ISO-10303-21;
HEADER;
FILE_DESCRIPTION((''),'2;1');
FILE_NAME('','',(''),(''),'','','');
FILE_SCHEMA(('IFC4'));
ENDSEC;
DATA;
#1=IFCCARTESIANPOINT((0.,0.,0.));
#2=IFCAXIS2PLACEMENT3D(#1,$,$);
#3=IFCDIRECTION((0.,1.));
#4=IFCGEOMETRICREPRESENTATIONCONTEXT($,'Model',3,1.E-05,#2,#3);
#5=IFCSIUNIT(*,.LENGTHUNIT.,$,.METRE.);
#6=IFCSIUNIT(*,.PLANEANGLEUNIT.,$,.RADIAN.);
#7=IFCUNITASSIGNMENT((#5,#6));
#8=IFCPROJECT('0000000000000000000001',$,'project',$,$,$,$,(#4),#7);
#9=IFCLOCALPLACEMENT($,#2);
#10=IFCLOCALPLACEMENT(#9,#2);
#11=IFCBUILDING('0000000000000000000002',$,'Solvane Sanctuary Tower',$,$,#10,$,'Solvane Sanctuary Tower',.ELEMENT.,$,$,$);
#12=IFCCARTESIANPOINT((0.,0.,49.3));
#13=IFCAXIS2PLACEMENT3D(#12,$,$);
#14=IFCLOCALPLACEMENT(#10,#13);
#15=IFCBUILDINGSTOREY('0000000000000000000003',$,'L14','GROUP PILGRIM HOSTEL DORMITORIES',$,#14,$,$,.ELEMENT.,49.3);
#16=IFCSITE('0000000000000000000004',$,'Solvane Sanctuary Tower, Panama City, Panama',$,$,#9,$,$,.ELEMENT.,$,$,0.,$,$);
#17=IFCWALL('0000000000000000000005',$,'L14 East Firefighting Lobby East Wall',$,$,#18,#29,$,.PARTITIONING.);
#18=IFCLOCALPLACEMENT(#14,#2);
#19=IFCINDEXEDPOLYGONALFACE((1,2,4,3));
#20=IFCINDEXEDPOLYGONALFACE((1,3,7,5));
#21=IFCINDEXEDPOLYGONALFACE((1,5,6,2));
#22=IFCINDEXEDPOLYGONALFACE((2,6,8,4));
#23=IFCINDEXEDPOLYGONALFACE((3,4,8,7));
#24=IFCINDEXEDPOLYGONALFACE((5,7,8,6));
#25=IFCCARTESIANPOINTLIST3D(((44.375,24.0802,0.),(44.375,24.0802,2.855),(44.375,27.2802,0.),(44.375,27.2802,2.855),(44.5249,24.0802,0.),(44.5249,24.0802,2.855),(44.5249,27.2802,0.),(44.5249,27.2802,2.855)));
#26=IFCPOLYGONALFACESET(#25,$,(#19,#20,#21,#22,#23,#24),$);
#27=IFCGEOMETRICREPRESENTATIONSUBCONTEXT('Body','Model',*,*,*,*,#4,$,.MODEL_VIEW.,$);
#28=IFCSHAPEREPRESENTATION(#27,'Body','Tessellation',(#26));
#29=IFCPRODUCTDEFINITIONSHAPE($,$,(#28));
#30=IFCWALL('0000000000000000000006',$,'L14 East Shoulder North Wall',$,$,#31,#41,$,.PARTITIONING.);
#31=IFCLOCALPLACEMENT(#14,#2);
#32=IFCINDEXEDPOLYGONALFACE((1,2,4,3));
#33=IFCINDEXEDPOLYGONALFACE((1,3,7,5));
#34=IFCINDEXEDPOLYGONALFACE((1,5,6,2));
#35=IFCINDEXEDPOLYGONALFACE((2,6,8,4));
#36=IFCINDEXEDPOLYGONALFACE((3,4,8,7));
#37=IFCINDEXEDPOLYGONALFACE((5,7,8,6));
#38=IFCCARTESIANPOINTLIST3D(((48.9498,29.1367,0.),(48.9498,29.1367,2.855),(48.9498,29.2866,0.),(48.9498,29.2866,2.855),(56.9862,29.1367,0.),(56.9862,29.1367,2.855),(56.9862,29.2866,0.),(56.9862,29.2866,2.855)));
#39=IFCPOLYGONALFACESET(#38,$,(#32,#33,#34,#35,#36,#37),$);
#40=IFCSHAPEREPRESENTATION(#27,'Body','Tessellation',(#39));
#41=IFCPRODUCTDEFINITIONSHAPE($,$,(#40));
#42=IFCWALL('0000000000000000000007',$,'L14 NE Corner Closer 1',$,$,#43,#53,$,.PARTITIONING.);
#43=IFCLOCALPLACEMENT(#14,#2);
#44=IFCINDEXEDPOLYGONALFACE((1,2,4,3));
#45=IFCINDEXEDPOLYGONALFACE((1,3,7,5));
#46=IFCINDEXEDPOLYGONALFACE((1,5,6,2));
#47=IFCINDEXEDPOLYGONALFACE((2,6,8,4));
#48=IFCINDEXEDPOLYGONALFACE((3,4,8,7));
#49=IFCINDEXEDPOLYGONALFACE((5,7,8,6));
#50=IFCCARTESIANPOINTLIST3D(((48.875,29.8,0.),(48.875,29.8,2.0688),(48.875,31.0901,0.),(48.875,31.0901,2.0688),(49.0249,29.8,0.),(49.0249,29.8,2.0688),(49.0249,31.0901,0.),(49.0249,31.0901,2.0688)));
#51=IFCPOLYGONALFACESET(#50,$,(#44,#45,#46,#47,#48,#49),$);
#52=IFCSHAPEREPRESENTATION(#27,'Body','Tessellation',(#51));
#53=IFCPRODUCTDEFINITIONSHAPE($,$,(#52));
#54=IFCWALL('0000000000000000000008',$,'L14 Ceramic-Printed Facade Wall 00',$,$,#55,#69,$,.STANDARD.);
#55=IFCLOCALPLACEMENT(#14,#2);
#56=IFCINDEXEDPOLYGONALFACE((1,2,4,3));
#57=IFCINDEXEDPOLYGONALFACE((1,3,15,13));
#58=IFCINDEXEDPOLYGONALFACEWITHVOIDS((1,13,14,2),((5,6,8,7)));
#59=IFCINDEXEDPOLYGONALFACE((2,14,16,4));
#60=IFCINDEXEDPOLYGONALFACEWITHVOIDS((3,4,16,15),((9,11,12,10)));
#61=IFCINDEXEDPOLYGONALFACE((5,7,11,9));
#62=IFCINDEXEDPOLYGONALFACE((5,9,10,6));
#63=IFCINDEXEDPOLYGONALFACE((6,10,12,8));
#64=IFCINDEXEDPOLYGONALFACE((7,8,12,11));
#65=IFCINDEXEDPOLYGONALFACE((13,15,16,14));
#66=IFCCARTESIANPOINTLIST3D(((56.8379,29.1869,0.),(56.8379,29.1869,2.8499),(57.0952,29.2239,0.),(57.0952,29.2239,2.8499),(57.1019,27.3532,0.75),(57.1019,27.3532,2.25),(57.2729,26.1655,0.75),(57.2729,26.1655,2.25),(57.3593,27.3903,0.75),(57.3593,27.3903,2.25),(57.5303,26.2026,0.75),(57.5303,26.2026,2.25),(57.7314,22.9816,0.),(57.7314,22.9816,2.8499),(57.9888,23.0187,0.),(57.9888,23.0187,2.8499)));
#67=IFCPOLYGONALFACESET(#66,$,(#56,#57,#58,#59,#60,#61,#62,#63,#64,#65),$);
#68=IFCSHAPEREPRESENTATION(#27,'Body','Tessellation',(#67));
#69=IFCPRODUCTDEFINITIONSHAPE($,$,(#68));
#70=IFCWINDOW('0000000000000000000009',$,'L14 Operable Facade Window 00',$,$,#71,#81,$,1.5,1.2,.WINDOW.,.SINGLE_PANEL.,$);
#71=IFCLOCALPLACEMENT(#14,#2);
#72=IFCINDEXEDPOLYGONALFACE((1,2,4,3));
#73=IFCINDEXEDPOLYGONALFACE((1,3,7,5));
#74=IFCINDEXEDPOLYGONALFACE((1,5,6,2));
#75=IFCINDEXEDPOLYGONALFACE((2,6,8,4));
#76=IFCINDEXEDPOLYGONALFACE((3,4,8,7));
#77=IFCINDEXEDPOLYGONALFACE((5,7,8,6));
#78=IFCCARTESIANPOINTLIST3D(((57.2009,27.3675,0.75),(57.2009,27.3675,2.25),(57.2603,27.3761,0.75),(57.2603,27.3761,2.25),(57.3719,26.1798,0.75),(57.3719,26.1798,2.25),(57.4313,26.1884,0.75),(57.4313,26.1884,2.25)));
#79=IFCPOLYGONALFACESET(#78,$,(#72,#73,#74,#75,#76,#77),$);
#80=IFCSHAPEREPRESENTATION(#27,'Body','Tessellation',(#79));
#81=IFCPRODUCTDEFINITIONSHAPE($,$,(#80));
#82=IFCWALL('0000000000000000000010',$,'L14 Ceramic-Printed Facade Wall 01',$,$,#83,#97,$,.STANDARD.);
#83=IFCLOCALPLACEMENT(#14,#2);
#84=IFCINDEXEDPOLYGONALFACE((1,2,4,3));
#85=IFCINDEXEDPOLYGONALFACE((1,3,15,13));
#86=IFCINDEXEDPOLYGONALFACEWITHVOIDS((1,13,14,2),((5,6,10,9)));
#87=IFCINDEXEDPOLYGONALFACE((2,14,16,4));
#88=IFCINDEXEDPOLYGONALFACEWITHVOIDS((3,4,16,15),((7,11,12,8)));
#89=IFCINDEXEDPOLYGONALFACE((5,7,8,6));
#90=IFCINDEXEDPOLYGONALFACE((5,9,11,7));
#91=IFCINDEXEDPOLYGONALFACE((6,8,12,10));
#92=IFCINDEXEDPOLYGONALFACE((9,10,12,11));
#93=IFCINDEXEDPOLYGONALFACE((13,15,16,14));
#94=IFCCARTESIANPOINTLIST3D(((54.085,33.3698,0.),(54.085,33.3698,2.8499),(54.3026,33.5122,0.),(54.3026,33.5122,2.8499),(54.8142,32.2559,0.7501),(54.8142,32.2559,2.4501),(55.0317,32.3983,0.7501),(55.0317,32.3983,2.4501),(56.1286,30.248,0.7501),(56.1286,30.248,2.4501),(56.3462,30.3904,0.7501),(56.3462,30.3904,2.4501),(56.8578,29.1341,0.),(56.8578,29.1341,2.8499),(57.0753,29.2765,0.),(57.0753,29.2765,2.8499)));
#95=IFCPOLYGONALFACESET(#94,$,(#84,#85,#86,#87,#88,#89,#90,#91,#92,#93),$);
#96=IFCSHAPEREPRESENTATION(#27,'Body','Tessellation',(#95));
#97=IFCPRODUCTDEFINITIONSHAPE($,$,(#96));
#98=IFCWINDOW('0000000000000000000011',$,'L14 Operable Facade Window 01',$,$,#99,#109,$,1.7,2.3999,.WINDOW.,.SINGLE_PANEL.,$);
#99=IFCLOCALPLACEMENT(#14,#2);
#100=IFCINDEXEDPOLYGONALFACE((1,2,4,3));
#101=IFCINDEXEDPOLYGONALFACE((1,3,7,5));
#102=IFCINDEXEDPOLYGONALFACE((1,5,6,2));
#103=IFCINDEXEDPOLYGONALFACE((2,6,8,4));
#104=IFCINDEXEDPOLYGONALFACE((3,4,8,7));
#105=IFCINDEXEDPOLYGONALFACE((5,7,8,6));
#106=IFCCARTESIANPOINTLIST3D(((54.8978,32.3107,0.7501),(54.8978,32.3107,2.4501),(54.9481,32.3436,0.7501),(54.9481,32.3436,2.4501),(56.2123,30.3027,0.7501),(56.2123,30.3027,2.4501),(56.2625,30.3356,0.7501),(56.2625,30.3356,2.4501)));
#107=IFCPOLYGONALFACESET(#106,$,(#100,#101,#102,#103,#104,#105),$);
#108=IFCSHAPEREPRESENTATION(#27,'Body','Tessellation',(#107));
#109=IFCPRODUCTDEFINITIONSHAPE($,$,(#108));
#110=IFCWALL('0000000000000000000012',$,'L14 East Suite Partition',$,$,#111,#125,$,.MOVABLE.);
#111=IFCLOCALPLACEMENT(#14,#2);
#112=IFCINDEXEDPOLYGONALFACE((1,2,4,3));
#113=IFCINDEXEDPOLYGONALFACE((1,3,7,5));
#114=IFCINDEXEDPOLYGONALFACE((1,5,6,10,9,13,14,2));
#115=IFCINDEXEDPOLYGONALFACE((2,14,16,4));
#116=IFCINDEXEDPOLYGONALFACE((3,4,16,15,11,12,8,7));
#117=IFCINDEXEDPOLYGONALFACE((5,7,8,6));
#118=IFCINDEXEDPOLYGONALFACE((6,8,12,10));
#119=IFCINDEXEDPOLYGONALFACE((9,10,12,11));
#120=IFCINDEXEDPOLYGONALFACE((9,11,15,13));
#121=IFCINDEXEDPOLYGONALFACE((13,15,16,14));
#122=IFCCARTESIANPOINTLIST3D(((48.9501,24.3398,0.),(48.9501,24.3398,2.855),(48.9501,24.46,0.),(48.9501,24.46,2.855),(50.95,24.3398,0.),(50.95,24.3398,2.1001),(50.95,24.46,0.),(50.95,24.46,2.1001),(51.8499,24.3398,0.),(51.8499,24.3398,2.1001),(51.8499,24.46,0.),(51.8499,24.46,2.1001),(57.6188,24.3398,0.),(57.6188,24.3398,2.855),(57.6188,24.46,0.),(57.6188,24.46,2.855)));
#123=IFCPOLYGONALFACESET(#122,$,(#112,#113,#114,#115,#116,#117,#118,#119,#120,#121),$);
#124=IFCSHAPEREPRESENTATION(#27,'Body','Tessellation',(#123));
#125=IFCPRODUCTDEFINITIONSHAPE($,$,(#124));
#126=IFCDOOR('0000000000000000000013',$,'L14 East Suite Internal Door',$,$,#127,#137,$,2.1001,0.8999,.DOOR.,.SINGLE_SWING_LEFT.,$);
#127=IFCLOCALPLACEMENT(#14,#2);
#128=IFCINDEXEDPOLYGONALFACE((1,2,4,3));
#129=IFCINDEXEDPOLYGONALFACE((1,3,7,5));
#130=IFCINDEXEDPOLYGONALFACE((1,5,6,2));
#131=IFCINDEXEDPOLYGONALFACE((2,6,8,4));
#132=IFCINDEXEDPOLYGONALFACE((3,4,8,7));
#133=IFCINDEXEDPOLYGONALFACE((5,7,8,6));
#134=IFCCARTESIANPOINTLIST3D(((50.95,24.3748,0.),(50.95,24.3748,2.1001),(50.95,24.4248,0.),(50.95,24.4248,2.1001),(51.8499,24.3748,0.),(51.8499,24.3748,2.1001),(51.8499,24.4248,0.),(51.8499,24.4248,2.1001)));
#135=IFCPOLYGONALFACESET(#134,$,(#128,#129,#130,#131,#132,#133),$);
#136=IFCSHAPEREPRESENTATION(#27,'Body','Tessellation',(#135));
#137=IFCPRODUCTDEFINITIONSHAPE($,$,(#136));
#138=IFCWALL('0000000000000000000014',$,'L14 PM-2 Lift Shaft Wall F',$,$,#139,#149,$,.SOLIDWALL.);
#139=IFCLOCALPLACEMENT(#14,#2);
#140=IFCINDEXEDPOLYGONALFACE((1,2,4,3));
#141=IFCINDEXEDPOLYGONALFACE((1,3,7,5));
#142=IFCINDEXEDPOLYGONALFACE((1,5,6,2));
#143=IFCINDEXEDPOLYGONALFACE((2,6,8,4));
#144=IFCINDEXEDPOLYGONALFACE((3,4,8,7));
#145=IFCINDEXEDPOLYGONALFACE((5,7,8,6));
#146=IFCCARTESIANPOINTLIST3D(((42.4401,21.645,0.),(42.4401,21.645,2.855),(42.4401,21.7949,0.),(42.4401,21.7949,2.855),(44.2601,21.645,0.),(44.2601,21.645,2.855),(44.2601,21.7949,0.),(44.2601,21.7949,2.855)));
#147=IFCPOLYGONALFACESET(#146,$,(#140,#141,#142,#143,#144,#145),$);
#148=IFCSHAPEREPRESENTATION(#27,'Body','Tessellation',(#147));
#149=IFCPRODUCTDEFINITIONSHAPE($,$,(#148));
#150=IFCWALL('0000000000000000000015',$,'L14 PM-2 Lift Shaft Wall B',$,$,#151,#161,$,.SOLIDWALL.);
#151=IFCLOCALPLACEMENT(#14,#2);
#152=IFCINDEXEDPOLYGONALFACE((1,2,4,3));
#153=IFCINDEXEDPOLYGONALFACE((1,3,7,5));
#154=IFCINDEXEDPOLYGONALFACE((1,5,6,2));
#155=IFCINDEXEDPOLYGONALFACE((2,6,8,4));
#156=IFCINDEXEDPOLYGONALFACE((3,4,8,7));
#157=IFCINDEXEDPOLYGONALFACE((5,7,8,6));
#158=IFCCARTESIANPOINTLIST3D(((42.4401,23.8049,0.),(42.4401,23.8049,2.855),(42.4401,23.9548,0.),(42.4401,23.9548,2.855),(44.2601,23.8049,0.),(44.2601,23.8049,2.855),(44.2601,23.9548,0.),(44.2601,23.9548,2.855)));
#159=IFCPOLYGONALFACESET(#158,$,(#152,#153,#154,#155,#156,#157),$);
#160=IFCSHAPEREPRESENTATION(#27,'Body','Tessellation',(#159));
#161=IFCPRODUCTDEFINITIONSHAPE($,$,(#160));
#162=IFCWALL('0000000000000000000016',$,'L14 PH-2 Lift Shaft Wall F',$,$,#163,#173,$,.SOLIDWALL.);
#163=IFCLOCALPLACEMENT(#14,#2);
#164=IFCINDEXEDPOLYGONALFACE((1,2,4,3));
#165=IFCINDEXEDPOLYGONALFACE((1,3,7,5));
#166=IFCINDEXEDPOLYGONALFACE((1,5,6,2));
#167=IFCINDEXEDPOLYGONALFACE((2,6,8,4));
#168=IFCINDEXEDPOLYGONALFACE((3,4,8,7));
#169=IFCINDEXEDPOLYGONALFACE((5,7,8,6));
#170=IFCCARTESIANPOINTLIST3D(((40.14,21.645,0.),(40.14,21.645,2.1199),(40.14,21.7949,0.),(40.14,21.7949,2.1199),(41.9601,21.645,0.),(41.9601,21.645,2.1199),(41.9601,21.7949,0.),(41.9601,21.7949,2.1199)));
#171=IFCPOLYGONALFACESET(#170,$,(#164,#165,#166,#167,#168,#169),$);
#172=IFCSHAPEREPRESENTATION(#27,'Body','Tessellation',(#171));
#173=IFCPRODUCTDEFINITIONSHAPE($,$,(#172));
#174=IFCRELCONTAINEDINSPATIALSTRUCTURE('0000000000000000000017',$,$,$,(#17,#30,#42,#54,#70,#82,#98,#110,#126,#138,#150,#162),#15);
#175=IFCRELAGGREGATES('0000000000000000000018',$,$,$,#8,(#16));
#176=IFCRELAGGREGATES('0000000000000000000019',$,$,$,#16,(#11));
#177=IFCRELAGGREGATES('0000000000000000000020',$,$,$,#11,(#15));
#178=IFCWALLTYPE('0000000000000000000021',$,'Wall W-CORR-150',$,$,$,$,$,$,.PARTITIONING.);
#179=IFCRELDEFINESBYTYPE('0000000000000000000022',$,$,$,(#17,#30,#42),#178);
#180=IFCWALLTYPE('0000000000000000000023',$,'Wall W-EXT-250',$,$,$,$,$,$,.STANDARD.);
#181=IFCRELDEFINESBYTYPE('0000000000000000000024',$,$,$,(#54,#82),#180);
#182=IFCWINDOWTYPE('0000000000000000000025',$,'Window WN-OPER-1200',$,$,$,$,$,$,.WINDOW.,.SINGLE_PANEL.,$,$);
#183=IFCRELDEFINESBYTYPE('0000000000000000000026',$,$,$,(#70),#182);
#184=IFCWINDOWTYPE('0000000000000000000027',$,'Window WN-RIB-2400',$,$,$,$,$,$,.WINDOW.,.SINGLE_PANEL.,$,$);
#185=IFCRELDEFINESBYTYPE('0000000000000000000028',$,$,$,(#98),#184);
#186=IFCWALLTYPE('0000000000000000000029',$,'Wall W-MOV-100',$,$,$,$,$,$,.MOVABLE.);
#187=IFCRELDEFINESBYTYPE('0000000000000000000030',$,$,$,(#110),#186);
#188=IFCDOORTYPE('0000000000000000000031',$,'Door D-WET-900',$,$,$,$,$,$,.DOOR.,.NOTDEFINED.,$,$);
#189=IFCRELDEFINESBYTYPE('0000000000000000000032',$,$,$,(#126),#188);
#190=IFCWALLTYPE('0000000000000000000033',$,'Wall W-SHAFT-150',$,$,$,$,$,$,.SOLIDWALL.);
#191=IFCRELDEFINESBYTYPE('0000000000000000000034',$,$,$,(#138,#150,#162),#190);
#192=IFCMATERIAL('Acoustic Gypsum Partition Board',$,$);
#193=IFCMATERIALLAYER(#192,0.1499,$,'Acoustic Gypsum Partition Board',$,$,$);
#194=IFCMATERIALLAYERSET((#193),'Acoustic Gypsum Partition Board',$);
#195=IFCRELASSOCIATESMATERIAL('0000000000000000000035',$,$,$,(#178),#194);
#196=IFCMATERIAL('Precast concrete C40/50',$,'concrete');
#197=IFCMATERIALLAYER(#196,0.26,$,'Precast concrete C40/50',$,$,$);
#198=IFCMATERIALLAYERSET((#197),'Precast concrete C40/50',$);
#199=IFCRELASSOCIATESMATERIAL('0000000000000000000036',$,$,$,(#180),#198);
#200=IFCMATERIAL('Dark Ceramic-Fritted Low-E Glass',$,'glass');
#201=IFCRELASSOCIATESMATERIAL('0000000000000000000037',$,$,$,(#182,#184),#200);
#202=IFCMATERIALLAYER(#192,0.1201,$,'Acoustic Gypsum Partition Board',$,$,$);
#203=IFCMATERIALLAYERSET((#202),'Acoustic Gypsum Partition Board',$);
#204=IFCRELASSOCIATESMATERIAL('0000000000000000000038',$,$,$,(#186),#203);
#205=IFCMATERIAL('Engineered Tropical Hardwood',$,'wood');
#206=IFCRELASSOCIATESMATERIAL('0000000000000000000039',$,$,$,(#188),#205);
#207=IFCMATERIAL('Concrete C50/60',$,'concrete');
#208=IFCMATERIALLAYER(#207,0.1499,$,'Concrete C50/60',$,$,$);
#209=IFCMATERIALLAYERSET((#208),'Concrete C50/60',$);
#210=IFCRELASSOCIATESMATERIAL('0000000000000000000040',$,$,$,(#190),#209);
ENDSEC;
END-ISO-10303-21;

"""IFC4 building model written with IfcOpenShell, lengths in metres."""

from ifc_helpers import new_model, si_unit, direction, frame, frame_2d, origin, place, context, subcontext, project, spatial, rectangle, extrude, material, layer, layer_set, type_object, element, fill, save


model = new_model("IFC4")

# Units and contexts
model_context = context("Model", 3, precision=1e-05, world=origin(), true_north=direction((0.0, 1.0)))
body_context = subcontext(model_context, "Body", "Model", "MODEL_VIEW")
ifc_project = project(units=[si_unit("LENGTHUNIT", "METRE"), si_unit("PLANEANGLEUNIT", "RADIAN")], contexts=[model_context])

# Site, building, storey
site_placement = place(None, origin())
site = spatial("IfcSite", under=ifc_project, at=site_placement, Name="Solvane Sanctuary Tower, Panama City, Panama", CompositionType="ELEMENT", RefElevation=0.0)
building_placement = place(site_placement, origin())
building = spatial("IfcBuilding", under=site, at=building_placement, Name="Solvane Sanctuary Tower", LongName="Solvane Sanctuary Tower", CompositionType="ELEMENT")
storey_placement = place(building_placement, frame((0.0, 0.0, 49.3)))
storey = spatial("IfcBuildingStorey", under=building, at=storey_placement, Name="L14", Description="GROUP PILGRIM HOSTEL DORMITORIES", CompositionType="ELEMENT", Elevation=49.3)

# Walls
ifc_material_1 = material(Name="Acoustic Gypsum Partition Board")
ifc_layer_1 = layer(ifc_material_1, 0.1499, Name="Acoustic Gypsum Partition Board")
ifc_layer_set_1 = layer_set([ifc_layer_1], Name="Acoustic Gypsum Partition Board")
wall_type_1 = type_object("IfcWallType", Name="Wall W-CORR-150", PredefinedType="PARTITIONING", material=ifc_layer_set_1)
wall_1_placement = place(storey_placement, frame((44.45, 24.0801, 0.0), z_axis=(0.0, 0.0, 1.0), x_axis=(0.0, 1.0, 0.0)))
element("IfcWall", 1, at=wall_1_placement, inside=storey, type_object=wall_type_1, Name="L14 East Firefighting Lobby East Wall", PredefinedType="PARTITIONING", context=body_context, shape_type="SweptSolid", body=[
    extrude(rectangle(XDim=3.2, YDim=0.1499, at=frame_2d((1.6001, 0.0))), origin(), (0.0, 0.0, 1.0), 2.855),
])
wall_2_placement = place(storey_placement, frame((48.95, 29.2117, 0.0), z_axis=(0.0, 0.0, 1.0), x_axis=(1.0, 0.0, 0.0)))
element("IfcWall", 2, at=wall_2_placement, inside=storey, type_object=wall_type_1, Name="L14 East Shoulder North Wall", PredefinedType="PARTITIONING", context=body_context, shape_type="SweptSolid", body=[
    extrude(rectangle(XDim=8.0364, YDim=0.1499, at=frame_2d((4.0181, 0.0))), origin(), (0.0, 0.0, 1.0), 2.855),
])
wall_3_placement = place(storey_placement, frame((48.95, 29.8, 0.0), z_axis=(0.0, 0.0, 1.0), x_axis=(0.0, 1.0, 0.0)))
element("IfcWall", 3, at=wall_3_placement, inside=storey, type_object=wall_type_1, Name="L14 NE Corner Closer 1", PredefinedType="PARTITIONING", context=body_context, shape_type="SweptSolid", body=[
    extrude(rectangle(XDim=1.29, YDim=0.1499, at=frame_2d((0.645, 0.0))), origin(), (0.0, 0.0, 1.0), 2.0688),
])

# Walls, openings, windows
ifc_material_2 = material(Name="Precast concrete C40/50", Category="concrete")
ifc_layer_2 = layer(ifc_material_2, 0.26, Name="Precast concrete C40/50")
ifc_layer_set_2 = layer_set([ifc_layer_2], Name="Precast concrete C40/50")
wall_type_2 = type_object("IfcWallType", Name="Wall W-EXT-250", PredefinedType="STANDARD", material=ifc_layer_set_2)
wall_4_placement = place(storey_placement, frame((57.8601, 23.0, 0.0), z_axis=(0.0, 0.0, 1.0), x_axis=(-0.142528, 0.989791, 0.0)))
wall_4 = element("IfcWall", 4, at=wall_4_placement, inside=storey, type_object=wall_type_2, Name="L14 Ceramic-Printed Facade Wall 00", PredefinedType="STANDARD", context=body_context, shape_type="SweptSolid", body=[
    extrude(rectangle(XDim=6.2693, YDim=0.26, at=frame_2d((3.1348, 0.0))), origin(), (0.0, 0.0, 1.0), 2.8499),
])
opening_1_placement = place(wall_4_placement, frame((3.2168, 0.0, 0.75)))
opening_1 = element("IfcOpeningElement", 5, at=opening_1_placement, cuts=wall_4, PredefinedType="OPENING", context=body_context, shape_type="SweptSolid", body=[
    extrude(rectangle(XDim=1.2, YDim=1.5, at=frame_2d((0.6001, 0.75))), frame((0.0, 0.1399, 0.0), z_axis=(0.0, -1.0, 0.0), x_axis=(1.0, 0.0, 0.0)), (0.0, 0.0, 1.0), 0.28),
])
ifc_material_3 = material(Name="Dark Ceramic-Fritted Low-E Glass", Category="glass")
window_type_1 = type_object("IfcWindowType", Name="Window WN-OPER-1200", PartitioningType="SINGLE_PANEL", PredefinedType="WINDOW", material=ifc_material_3)
window_1_placement = place(opening_1_placement, origin())
window_1 = element("IfcWindow", 6, at=window_1_placement, inside=storey, type_object=window_type_1, Name="L14 Operable Facade Window 00", OverallHeight=1.5, OverallWidth=1.2, PartitioningType="SINGLE_PANEL", PredefinedType="WINDOW", context=body_context, shape_type="SweptSolid", body=[
    extrude(rectangle(XDim=1.2, YDim=1.5, at=frame_2d((0.6001, 0.75))), frame((0.0, 0.03, 0.0), z_axis=(0.0, -1.0, 0.0), x_axis=(1.0, 0.0, 0.0)), (0.0, 0.0, 1.0), 0.0601),
])
fill(opening_1, window_1)
wall_5_placement = place(storey_placement, frame((56.9666, 29.2053, 0.0), z_axis=(0.0, 0.0, 1.0), x_axis=(-0.547703, 0.836673, 0.0)))
wall_5 = element("IfcWall", 7, at=wall_5_placement, inside=storey, type_object=wall_type_2, Name="L14 Ceramic-Printed Facade Wall 01", PredefinedType="STANDARD", context=body_context, shape_type="SweptSolid", body=[
    extrude(rectangle(XDim=5.0625, YDim=0.26, at=frame_2d((2.5312, 0.0))), origin(), (0.0, 0.0, 1.0), 2.8499),
])
opening_2_placement = place(wall_5_placement, frame((1.3313, 0.0, 0.75)))
opening_2 = element("IfcOpeningElement", 8, at=opening_2_placement, cuts=wall_5, PredefinedType="OPENING", context=body_context, shape_type="SweptSolid", body=[
    extrude(rectangle(XDim=2.3999, YDim=1.7, at=frame_2d((1.2, 0.8501))), frame((0.0, 0.1399, 0.0), z_axis=(0.0, -1.0, 0.0), x_axis=(1.0, 0.0, 0.0)), (0.0, 0.0, 1.0), 0.28),
])
window_type_2 = type_object("IfcWindowType", Name="Window WN-RIB-2400", PartitioningType="SINGLE_PANEL", PredefinedType="WINDOW", material=ifc_material_3)
window_2_placement = place(opening_2_placement, origin())
window_2 = element("IfcWindow", 9, at=window_2_placement, inside=storey, type_object=window_type_2, Name="L14 Operable Facade Window 01", OverallHeight=1.7, OverallWidth=2.3999, PartitioningType="SINGLE_PANEL", PredefinedType="WINDOW", context=body_context, shape_type="SweptSolid", body=[
    extrude(rectangle(XDim=2.3999, YDim=1.7, at=frame_2d((1.2, 0.8501))), frame((0.0, 0.03, 0.0), z_axis=(0.0, -1.0, 0.0), x_axis=(1.0, 0.0, 0.0)), (0.0, 0.0, 1.0), 0.0601),
])
fill(opening_2, window_2)

# Wall, opening, door
ifc_layer_3 = layer(ifc_material_1, 0.1201, Name="Acoustic Gypsum Partition Board")
ifc_layer_set_3 = layer_set([ifc_layer_3], Name="Acoustic Gypsum Partition Board")
wall_type_3 = type_object("IfcWallType", Name="Wall W-MOV-100", PredefinedType="MOVABLE", material=ifc_layer_set_3)
wall_6_placement = place(storey_placement, frame((48.95, 24.3999, 0.0), z_axis=(0.0, 0.0, 1.0), x_axis=(1.0, 0.0, 0.0)))
wall_6 = element("IfcWall", 10, at=wall_6_placement, inside=storey, type_object=wall_type_3, Name="L14 East Suite Partition", PredefinedType="MOVABLE", context=body_context, shape_type="SweptSolid", body=[
    extrude(rectangle(XDim=8.6687, YDim=0.1201, at=frame_2d((4.3345, 0.0))), origin(), (0.0, 0.0, 1.0), 2.855),
])
opening_3_placement = place(wall_6_placement, frame((2.0, 0.0, 0.0)))
opening_3 = element("IfcOpeningElement", 11, at=opening_3_placement, cuts=wall_6, PredefinedType="OPENING", context=body_context, shape_type="SweptSolid", body=[
    extrude(rectangle(XDim=0.8999, YDim=2.1001, at=frame_2d((0.45, 1.05))), frame((0.0, 0.0701, 0.0), z_axis=(0.0, -1.0, 0.0), x_axis=(1.0, 0.0, 0.0)), (0.0, 0.0, 1.0), 0.1401),
])
ifc_material_4 = material(Name="Engineered Tropical Hardwood", Category="wood")
door_type_1 = type_object("IfcDoorType", Name="Door D-WET-900", OperationType="NOTDEFINED", PredefinedType="DOOR", material=ifc_material_4)
door_1_placement = place(opening_3_placement, origin())
door_1 = element("IfcDoor", 12, at=door_1_placement, inside=storey, type_object=door_type_1, Name="L14 East Suite Internal Door", OperationType="SINGLE_SWING_LEFT", OverallHeight=2.1001, OverallWidth=0.8999, PredefinedType="DOOR", context=body_context, shape_type="SweptSolid", body=[
    extrude(rectangle(XDim=0.8999, YDim=2.1001, at=frame_2d((0.45, 1.05))), frame((0.0, 0.0249, 0.0), z_axis=(0.0, -1.0, 0.0), x_axis=(1.0, 0.0, 0.0)), (0.0, 0.0, 1.0), 0.05),
])
fill(opening_3, door_1)

# Walls
ifc_material_5 = material(Name="Concrete C50/60", Category="concrete")
ifc_layer_4 = layer(ifc_material_5, 0.1499, Name="Concrete C50/60")
ifc_layer_set_4 = layer_set([ifc_layer_4], Name="Concrete C50/60")
wall_type_4 = type_object("IfcWallType", Name="Wall W-SHAFT-150", PredefinedType="SOLIDWALL", material=ifc_layer_set_4)
for number, where, z_axis, x_axis, name in (
    (13, (42.4399, 21.72, 0.0), (0.0, 0.0, 1.0), (1.0, 0.0, 0.0), "L14 PM-2 Lift Shaft Wall F"),
    (14, (42.4399, 23.8799, 0.0), (0.0, 0.0, 1.0), (1.0, 0.0, 0.0), "L14 PM-2 Lift Shaft Wall B"),
):
    element("IfcWall", number, at=place(storey_placement, frame(where, z_axis=z_axis, x_axis=x_axis)), inside=storey, type_object=wall_type_4, Name=name, PredefinedType="SOLIDWALL", context=body_context, shape_type="SweptSolid", body=[
        extrude(rectangle(XDim=1.8201, YDim=0.1499, at=frame_2d((0.9102, 0.0))), origin(), (0.0, 0.0, 1.0), 2.855),
    ])
for number, where, z_axis, x_axis, name in (
    (15, (40.1399, 21.72, 0.0), (0.0, 0.0, 1.0), (1.0, 0.0, 0.0), "L14 PH-2 Lift Shaft Wall F"),
):
    element("IfcWall", number, at=place(storey_placement, frame(where, z_axis=z_axis, x_axis=x_axis)), inside=storey, type_object=wall_type_4, Name=name, PredefinedType="SOLIDWALL", context=body_context, shape_type="SweptSolid", body=[
        extrude(rectangle(XDim=1.8201, YDim=0.1499, at=frame_2d((0.9102, 0.0))), origin(), (0.0, 0.0, 1.0), 2.1199),
    ])

save(model, "model.ifc")
